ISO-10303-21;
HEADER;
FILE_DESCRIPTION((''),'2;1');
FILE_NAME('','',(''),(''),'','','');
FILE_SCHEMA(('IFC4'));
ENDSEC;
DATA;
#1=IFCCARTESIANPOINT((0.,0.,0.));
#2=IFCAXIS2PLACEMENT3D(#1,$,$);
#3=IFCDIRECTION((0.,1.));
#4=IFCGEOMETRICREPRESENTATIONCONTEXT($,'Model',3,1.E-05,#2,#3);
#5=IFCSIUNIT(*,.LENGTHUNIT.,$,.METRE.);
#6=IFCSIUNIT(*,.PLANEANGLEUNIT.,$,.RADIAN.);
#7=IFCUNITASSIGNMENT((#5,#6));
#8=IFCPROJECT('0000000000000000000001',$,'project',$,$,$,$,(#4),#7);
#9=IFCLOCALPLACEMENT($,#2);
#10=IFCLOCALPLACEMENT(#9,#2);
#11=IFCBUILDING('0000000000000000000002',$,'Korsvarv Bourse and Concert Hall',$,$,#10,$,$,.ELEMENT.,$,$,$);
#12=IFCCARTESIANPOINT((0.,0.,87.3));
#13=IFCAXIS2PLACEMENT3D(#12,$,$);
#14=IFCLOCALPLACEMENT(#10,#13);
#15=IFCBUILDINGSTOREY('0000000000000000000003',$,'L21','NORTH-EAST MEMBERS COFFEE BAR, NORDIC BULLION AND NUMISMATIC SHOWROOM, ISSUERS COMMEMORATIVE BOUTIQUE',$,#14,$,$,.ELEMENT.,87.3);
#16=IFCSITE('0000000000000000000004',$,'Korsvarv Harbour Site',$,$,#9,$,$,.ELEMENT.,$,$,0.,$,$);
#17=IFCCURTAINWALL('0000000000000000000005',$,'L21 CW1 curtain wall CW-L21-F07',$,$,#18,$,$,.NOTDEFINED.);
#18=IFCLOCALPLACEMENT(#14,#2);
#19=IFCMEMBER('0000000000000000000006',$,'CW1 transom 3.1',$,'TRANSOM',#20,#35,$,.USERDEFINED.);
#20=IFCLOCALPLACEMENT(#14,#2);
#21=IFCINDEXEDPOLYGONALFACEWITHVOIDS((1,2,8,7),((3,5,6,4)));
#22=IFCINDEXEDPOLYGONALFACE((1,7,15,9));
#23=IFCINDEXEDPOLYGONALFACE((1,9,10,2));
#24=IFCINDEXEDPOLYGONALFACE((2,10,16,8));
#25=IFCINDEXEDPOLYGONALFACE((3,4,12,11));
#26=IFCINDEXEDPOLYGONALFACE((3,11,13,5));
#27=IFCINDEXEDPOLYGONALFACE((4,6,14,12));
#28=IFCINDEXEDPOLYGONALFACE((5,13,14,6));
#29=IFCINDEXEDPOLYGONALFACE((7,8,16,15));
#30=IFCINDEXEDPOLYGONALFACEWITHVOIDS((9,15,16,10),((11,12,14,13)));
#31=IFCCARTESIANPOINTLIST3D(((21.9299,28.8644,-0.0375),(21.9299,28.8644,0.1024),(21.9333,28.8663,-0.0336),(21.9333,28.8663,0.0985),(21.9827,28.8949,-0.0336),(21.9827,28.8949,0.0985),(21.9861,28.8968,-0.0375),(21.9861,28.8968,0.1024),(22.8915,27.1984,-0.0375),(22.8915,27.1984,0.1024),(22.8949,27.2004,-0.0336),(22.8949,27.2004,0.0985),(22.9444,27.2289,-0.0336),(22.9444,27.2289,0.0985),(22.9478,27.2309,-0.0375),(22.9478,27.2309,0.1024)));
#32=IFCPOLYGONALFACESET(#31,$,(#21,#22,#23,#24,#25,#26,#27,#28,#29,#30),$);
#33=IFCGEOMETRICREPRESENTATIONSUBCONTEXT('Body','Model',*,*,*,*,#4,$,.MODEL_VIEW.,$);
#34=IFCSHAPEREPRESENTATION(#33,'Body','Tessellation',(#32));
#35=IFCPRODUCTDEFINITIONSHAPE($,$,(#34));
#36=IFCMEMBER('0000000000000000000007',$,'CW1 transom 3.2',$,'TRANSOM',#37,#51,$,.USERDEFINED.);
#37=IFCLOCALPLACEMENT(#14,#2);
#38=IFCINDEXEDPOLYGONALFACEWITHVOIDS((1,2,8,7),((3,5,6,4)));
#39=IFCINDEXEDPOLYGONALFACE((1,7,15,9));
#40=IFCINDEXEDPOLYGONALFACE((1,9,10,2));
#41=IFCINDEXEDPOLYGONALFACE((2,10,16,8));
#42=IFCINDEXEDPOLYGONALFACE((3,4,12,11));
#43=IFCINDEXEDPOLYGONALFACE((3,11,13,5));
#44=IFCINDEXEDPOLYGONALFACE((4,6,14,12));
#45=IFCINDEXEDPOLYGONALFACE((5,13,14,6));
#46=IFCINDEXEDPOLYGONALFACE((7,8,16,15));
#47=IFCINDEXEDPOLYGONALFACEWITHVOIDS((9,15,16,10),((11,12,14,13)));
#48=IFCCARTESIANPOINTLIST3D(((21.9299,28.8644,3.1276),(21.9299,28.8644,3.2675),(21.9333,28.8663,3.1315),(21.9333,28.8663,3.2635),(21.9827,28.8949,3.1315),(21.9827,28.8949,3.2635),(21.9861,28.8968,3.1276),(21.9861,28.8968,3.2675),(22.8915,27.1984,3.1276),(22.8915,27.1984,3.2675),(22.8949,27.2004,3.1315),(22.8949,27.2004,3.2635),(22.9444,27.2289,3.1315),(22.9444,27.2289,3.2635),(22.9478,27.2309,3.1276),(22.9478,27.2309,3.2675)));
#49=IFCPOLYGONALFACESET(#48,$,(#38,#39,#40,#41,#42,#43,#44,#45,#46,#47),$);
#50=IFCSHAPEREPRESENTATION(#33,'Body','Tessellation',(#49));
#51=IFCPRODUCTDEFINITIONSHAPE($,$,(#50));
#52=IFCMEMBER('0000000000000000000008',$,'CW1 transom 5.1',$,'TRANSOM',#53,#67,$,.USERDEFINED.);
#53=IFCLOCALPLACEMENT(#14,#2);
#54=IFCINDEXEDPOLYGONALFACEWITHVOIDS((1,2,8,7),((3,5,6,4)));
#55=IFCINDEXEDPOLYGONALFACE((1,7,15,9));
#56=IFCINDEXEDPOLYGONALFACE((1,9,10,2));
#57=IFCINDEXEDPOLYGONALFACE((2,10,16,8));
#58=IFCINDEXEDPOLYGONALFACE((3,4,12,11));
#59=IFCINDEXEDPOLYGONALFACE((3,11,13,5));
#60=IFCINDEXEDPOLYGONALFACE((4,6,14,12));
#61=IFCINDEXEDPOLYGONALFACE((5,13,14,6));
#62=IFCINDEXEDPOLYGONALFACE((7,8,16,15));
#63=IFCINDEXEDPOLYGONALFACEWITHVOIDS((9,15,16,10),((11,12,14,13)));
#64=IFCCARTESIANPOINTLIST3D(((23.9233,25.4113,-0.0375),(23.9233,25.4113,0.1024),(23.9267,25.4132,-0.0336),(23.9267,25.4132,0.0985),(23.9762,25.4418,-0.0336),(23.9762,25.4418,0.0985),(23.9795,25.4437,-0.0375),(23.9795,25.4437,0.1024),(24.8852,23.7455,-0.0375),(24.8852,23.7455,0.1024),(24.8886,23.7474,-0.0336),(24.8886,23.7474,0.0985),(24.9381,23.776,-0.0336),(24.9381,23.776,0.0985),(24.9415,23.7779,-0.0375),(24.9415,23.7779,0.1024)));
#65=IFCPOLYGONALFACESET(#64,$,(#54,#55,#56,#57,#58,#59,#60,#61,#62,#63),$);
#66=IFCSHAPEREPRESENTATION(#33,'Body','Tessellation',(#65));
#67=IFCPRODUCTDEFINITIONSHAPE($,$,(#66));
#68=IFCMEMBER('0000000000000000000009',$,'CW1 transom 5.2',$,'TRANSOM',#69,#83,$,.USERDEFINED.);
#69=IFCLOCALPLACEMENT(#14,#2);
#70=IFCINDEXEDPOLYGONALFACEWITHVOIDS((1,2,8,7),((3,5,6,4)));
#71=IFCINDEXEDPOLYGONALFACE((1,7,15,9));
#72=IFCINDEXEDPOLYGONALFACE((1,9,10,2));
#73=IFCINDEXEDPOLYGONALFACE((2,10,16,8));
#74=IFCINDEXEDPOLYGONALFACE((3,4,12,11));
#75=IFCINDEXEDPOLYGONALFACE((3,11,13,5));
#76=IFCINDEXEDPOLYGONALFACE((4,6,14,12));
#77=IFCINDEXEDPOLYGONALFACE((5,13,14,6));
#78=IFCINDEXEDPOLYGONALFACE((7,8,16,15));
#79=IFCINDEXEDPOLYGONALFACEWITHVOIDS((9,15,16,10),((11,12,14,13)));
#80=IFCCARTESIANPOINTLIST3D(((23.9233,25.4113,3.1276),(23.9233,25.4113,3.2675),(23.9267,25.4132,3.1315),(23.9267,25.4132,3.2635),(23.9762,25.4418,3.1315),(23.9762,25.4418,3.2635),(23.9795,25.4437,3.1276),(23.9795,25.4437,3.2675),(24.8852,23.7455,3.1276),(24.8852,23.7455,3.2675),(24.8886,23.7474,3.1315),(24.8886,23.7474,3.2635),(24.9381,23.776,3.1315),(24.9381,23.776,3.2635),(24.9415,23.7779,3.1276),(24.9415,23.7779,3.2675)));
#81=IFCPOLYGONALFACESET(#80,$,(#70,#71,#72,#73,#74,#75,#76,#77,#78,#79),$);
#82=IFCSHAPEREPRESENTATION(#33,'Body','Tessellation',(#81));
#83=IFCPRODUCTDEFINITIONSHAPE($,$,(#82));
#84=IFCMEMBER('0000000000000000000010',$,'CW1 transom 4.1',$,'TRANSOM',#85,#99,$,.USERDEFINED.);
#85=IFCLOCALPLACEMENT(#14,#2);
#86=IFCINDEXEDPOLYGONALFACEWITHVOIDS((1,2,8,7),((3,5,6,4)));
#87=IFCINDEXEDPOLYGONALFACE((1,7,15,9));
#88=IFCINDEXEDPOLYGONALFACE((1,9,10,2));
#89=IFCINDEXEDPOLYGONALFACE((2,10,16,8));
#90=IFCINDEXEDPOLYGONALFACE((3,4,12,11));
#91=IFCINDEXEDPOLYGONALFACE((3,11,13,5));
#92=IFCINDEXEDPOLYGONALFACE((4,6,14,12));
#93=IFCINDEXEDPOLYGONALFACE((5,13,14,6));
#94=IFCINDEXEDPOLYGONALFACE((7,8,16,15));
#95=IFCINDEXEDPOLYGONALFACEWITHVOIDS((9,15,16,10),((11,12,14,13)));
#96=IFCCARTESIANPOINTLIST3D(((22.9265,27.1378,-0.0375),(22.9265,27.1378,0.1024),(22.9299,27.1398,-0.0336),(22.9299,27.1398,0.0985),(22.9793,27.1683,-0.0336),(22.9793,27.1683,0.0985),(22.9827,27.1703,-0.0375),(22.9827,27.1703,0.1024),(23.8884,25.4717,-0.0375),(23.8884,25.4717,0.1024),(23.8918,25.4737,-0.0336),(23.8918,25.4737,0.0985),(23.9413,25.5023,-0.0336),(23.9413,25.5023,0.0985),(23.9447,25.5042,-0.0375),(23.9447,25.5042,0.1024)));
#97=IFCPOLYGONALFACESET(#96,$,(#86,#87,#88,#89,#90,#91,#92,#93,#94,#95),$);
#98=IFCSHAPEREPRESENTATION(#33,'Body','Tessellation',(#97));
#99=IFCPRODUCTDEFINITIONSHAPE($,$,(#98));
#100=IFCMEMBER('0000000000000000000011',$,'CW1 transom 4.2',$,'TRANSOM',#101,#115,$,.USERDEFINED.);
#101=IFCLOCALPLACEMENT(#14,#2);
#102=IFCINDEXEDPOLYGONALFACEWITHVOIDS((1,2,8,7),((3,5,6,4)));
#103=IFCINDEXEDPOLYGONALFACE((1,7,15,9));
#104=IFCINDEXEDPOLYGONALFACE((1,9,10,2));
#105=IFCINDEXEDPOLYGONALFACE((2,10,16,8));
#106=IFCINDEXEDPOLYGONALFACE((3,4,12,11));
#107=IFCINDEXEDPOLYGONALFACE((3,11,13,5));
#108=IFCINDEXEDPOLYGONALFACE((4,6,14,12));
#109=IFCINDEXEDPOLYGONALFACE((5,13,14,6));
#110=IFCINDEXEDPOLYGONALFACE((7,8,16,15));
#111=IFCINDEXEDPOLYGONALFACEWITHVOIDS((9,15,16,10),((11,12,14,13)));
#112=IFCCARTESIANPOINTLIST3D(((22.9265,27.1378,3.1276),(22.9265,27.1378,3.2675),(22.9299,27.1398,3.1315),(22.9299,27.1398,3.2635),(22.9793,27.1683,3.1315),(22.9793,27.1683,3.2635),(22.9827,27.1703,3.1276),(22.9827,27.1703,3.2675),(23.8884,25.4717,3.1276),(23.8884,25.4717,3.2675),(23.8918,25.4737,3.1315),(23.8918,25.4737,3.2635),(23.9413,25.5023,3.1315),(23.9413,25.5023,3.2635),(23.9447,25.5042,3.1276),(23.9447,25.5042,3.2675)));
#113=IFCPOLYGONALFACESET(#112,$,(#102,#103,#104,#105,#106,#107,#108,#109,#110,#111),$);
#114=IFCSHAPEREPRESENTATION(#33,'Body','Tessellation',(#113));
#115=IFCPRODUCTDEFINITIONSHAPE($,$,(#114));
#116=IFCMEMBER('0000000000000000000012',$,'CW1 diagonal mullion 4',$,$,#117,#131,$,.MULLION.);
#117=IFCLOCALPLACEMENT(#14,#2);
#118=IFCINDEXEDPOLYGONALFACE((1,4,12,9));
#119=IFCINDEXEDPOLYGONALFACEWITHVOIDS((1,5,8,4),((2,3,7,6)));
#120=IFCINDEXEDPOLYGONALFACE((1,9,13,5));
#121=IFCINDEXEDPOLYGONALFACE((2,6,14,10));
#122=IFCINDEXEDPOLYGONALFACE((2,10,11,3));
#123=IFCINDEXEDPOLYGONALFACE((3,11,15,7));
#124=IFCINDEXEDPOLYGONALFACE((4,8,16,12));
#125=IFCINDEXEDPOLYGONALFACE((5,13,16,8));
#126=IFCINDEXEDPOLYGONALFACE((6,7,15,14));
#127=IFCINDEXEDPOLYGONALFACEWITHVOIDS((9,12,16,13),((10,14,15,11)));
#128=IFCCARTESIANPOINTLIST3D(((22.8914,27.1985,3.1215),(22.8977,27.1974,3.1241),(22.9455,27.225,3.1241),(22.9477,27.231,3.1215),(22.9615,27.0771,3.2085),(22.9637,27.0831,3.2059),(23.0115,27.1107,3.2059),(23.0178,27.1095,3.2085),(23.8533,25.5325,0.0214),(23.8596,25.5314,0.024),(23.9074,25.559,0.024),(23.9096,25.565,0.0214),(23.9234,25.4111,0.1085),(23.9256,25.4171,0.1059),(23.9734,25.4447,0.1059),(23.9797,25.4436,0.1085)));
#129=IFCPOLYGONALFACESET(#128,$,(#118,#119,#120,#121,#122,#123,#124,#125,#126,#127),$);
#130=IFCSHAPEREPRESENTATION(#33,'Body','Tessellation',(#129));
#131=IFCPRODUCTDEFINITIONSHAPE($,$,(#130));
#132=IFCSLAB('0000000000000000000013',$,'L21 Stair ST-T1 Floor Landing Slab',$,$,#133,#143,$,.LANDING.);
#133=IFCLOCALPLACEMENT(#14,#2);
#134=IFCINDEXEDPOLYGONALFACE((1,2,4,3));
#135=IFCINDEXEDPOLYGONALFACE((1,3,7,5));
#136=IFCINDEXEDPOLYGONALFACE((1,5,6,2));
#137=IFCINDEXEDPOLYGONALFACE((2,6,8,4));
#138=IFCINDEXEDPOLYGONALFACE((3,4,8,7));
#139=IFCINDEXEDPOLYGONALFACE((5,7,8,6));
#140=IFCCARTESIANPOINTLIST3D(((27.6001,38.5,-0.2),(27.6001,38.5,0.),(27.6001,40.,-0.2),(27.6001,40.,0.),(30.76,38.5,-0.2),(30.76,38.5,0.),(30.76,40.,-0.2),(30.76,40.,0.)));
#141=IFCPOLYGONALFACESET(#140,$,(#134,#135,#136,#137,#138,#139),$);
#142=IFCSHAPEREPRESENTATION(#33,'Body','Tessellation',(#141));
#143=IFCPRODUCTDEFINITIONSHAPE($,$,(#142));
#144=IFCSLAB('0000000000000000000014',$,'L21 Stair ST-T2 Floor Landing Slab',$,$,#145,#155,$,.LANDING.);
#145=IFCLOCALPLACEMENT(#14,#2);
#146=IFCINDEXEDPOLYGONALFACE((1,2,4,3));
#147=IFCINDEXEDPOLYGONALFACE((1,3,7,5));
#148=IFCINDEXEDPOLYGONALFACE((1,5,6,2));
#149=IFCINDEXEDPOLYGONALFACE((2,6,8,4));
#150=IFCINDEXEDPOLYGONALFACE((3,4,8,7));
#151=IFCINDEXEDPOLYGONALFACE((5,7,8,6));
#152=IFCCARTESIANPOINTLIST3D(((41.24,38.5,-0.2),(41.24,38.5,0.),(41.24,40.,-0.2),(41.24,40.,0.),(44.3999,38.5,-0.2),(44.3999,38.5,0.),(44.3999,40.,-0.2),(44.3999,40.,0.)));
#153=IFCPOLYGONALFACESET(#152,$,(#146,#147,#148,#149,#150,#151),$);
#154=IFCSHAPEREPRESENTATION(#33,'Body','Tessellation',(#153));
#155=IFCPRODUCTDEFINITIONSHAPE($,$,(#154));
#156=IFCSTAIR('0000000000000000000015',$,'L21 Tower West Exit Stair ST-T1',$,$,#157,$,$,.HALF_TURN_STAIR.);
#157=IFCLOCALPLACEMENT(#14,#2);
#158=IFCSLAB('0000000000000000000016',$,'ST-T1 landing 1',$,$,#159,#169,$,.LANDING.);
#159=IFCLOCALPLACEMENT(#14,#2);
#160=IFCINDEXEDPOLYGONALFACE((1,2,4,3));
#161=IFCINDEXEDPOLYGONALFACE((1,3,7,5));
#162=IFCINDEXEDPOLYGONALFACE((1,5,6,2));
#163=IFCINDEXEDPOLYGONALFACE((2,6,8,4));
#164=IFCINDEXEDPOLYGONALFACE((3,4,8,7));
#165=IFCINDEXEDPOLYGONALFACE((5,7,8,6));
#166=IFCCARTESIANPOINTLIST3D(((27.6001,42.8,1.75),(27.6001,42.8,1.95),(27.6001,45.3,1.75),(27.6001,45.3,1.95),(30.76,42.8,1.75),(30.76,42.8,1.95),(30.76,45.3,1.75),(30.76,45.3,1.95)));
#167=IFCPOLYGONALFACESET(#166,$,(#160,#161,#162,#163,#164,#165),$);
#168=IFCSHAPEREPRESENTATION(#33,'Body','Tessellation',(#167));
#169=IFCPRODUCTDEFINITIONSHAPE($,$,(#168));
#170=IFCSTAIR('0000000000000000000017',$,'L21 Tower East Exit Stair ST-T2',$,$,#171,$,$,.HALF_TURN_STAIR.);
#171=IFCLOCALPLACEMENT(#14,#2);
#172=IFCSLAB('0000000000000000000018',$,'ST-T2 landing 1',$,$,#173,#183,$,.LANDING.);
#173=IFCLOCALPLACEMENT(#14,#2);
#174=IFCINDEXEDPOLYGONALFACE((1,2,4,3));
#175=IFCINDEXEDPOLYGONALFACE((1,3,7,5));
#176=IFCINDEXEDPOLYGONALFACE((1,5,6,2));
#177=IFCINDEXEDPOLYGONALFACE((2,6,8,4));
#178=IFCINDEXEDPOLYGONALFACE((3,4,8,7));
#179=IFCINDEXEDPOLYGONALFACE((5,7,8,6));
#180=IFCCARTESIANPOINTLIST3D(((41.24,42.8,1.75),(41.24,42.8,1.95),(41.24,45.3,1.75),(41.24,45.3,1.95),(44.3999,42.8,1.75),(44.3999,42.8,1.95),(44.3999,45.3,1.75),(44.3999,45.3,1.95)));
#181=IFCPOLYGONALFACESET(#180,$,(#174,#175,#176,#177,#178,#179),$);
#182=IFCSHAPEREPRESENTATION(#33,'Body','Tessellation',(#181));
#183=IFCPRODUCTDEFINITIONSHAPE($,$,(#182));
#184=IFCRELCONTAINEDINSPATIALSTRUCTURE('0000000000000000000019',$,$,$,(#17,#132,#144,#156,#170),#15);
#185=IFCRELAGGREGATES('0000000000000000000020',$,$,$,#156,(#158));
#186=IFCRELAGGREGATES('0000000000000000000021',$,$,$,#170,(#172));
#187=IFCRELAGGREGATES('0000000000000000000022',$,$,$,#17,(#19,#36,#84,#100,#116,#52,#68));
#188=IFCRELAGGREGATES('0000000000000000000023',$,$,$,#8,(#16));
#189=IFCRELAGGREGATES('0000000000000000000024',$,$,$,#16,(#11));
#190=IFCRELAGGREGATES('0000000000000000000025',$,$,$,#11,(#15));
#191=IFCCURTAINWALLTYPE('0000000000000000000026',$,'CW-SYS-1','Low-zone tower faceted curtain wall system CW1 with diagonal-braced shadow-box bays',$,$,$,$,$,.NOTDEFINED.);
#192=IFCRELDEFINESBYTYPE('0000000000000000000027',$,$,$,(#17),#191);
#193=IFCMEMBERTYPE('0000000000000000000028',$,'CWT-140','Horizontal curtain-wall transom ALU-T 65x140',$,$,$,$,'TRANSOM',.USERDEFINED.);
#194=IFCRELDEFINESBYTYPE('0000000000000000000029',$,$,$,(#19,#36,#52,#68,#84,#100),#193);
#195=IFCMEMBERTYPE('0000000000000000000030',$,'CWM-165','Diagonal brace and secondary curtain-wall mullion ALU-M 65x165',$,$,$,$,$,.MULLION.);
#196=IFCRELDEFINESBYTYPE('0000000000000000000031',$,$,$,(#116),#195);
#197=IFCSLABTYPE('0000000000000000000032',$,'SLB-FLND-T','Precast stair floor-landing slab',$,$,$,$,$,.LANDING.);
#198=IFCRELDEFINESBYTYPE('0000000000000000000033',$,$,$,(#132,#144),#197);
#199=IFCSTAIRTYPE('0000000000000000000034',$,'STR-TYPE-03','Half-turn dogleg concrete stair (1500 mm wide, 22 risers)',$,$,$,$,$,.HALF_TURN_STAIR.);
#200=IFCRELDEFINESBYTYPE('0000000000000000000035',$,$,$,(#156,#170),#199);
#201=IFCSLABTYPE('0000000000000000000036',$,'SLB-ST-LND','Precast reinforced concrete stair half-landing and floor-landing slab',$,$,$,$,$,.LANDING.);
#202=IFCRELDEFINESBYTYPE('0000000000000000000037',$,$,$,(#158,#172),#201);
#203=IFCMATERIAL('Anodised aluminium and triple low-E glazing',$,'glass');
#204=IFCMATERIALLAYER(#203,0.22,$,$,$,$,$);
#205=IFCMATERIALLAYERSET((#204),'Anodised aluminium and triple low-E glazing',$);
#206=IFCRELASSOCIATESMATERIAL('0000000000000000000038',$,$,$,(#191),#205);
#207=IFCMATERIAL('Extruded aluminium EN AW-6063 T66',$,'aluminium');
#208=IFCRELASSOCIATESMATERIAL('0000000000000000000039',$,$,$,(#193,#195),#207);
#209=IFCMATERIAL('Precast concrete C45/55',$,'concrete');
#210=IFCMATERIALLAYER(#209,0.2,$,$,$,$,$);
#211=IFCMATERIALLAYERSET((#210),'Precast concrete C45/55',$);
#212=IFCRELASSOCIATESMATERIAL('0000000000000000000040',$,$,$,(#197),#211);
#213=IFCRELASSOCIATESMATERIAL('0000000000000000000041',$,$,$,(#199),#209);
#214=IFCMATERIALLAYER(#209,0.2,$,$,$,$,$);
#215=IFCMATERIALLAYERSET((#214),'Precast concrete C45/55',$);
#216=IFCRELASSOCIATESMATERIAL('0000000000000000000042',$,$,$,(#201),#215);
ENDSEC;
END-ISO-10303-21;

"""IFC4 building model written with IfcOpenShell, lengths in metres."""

from ifc_helpers import new_model, si_unit, direction, frame, origin, origin_2d, place, context, subcontext, project, spatial, polyline, hollow_rectangle, outline, extrude, source, transform, mapped, material, layer, layer_set, material_profile, profile_set, type_object, element, aggregate, save


model = new_model("IFC4")

# Units and contexts
model_context = context("Model", 3, precision=1e-05, world=origin(), true_north=direction((0.0, 1.0)))
body_context = subcontext(model_context, "Body", "Model", "MODEL_VIEW")
ifc_project = project(units=[si_unit("LENGTHUNIT", "METRE"), si_unit("PLANEANGLEUNIT", "RADIAN")], contexts=[model_context])

# Site, building, storey
site_placement = place(None, origin())
site = spatial("IfcSite", under=ifc_project, at=site_placement, Name="Korsvarv Harbour Site", CompositionType="ELEMENT", RefElevation=0.0)
building_placement = place(site_placement, origin())
building = spatial("IfcBuilding", under=site, at=building_placement, Name="Korsvarv Bourse and Concert Hall", CompositionType="ELEMENT")
storey_placement = place(building_placement, frame((0.0, 0.0, 87.3)))
storey = spatial("IfcBuildingStorey", under=building, at=storey_placement, Name="L21", Description="NORTH-EAST MEMBERS COFFEE BAR, NORDIC BULLION AND NUMISMATIC SHOWROOM, ISSUERS COMMEMORATIVE BOUTIQUE", CompositionType="ELEMENT", Elevation=87.3)

# Curtain wall, members
ifc_material_1 = material(Name="Anodised aluminium and triple low-E glazing", Category="glass")
ifc_layer_1 = layer(ifc_material_1, 0.22)
ifc_layer_set_1 = layer_set([ifc_layer_1], Name="Anodised aluminium and triple low-E glazing")
curtain_wall_type = type_object("IfcCurtainWallType", Name="CW-SYS-1", Description="Low-zone tower faceted curtain wall system CW1 with diagonal-braced shadow-box bays", PredefinedType="NOTDEFINED", material=ifc_layer_set_1)
curtain_wall_placement = place(storey_placement, origin())
curtain_wall = element("IfcCurtainWall", 1, at=curtain_wall_placement, inside=storey, type_object=curtain_wall_type, Name="L21 CW1 curtain wall CW-L21-F07", PredefinedType="NOTDEFINED")
ifc_material_2 = material(Name="Extruded aluminium EN AW-6063 T66", Category="aluminium")
ifc_material_profile_1 = material_profile(ifc_material_2, hollow_rectangle(XDim=0.0649, YDim=0.1399, WallThickness=0.0039, at=origin_2d()), Name="ALU-T 65x140")
ifc_profile_set_1 = profile_set([ifc_material_profile_1], Name="Extruded aluminium EN AW-6063 T66")
member_type_1 = type_object("IfcMemberType", Name="CWT-140", Description="Horizontal curtain-wall transom ALU-T 65x140", ElementType="TRANSOM", PredefinedType="USERDEFINED", material=ifc_profile_set_1)
ifc_material_profile_2 = material_profile(ifc_material_2, hollow_rectangle(XDim=0.0649, YDim=0.165, WallThickness=0.0049, at=origin_2d()), Name="ALU-M 65x165")
ifc_profile_set_2 = profile_set([ifc_material_profile_2], Name="Extruded aluminium EN AW-6063 T66")
member_type_2 = type_object("IfcMemberType", Name="CWM-165", Description="Diagonal brace and secondary curtain-wall mullion ALU-M 65x165", PredefinedType="MULLION", material=ifc_profile_set_2)
shared_shape_1 = source(origin(), body_context, "Body", "SweptSolid", [
    extrude(hollow_rectangle(XDim=0.0649, YDim=0.1399, WallThickness=0.0039, at=origin_2d()), origin(), (0.0, 0.0, 1.0), 1.9236),
])
member_1_placement = place(storey_placement, frame((21.958, 28.8806, 0.0325), z_axis=(0.49992, -0.866071, 0.0), x_axis=(0.866071, 0.49992, 0.0)))
member_1 = element("IfcMember", 2, at=member_1_placement, type_object=member_type_1, Name="CW1 transom 3.1", ObjectType="TRANSOM", PredefinedType="USERDEFINED", context=body_context, shape_type="MappedRepresentation", body=[
    mapped(shared_shape_1, transform((0.0, 0.0, 0.0), scale=1.0)),
])
member_2_placement = place(storey_placement, frame((21.958, 28.8806, 3.1975), z_axis=(0.49992, -0.866071, 0.0), x_axis=(0.866071, 0.49992, 0.0)))
member_2 = element("IfcMember", 3, at=member_2_placement, type_object=member_type_1, Name="CW1 transom 3.2", ObjectType="TRANSOM", PredefinedType="USERDEFINED", context=body_context, shape_type="MappedRepresentation", body=[
    mapped(shared_shape_1, transform((0.0, 0.0, 0.0), scale=1.0)),
])
member_3_placement = place(storey_placement, frame((23.9514, 25.4275, 0.0325), z_axis=(0.50007, -0.865985, 0.0), x_axis=(0.865985, 0.50007, 0.0)))
member_3 = element("IfcMember", 4, at=member_3_placement, type_object=member_type_1, Name="CW1 transom 5.1", ObjectType="TRANSOM", PredefinedType="USERDEFINED", context=body_context, shape_type="MappedRepresentation", body=[
    mapped(shared_shape_1, transform((0.0, 0.0, 0.0), scale=1.0)),
])
member_4_placement = place(storey_placement, frame((23.9514, 25.4275, 3.1975), z_axis=(0.50007, -0.865985, 0.0), x_axis=(0.865985, 0.50007, 0.0)))
member_4 = element("IfcMember", 5, at=member_4_placement, type_object=member_type_1, Name="CW1 transom 5.2", ObjectType="TRANSOM", PredefinedType="USERDEFINED", context=body_context, shape_type="MappedRepresentation", body=[
    mapped(shared_shape_1, transform((0.0, 0.0, 0.0), scale=1.0)),
])
shared_shape_2 = source(origin(), body_context, "Body", "SweptSolid", [
    extrude(hollow_rectangle(XDim=0.0649, YDim=0.1399, WallThickness=0.0039, at=origin_2d()), origin(), (0.0, 0.0, 1.0), 1.9238),
])
member_5_placement = place(storey_placement, frame((22.9546, 27.1541, 0.0325), z_axis=(0.500015, -0.866017, 0.0), x_axis=(0.866017, 0.500015, 0.0)))
member_5 = element("IfcMember", 6, at=member_5_placement, type_object=member_type_1, Name="CW1 transom 4.1", ObjectType="TRANSOM", PredefinedType="USERDEFINED", context=body_context, shape_type="MappedRepresentation", body=[
    mapped(shared_shape_2, transform((0.0, 0.0, 0.0), scale=1.0)),
])
member_6_placement = place(storey_placement, frame((22.9546, 27.1541, 3.1975), z_axis=(0.500015, -0.866017, 0.0), x_axis=(0.866017, 0.500015, 0.0)))
member_6 = element("IfcMember", 7, at=member_6_placement, type_object=member_type_1, Name="CW1 transom 4.2", ObjectType="TRANSOM", PredefinedType="USERDEFINED", context=body_context, shape_type="MappedRepresentation", body=[
    mapped(shared_shape_2, transform((0.0, 0.0, 0.0), scale=1.0)),
])
shared_shape_3 = source(origin(), body_context, "Body", "SweptSolid", [
    extrude(hollow_rectangle(XDim=0.0649, YDim=0.165, WallThickness=0.0049, at=origin_2d()), origin(), (0.0, 0.0, 1.0), 3.6484),
])
member_7_placement = place(storey_placement, frame((23.9165, 25.488, 0.0649), z_axis=(-0.263647, 0.456631, 0.849693), x_axis=(-0.866017, -0.500015, 0.0)))
member_7 = element("IfcMember", 8, at=member_7_placement, type_object=member_type_2, Name="CW1 diagonal mullion 4", PredefinedType="MULLION", context=body_context, shape_type="MappedRepresentation", body=[
    mapped(shared_shape_3, transform((0.0, 0.0, 0.0), scale=1.0)),
])

# Slabs
ifc_material_3 = material(Name="Precast concrete C45/55", Category="concrete")
ifc_layer_2 = layer(ifc_material_3, 0.2)
ifc_layer_set_2 = layer_set([ifc_layer_2], Name="Precast concrete C45/55")
slab_type_1 = type_object("IfcSlabType", Name="SLB-FLND-T", Description="Precast stair floor-landing slab", PredefinedType="LANDING", material=ifc_layer_set_2)
slab_1_placement = place(storey_placement, frame((0.0, 0.0, -0.2)))
element("IfcSlab", 9, at=slab_1_placement, inside=storey, type_object=slab_type_1, Name="L21 Stair ST-T1 Floor Landing Slab", PredefinedType="LANDING", context=body_context, shape_type="SweptSolid", body=[
    extrude(outline(polyline([(30.76, 38.5), (30.76, 40.0), (27.6001, 40.0), (27.6001, 38.5), (30.76, 38.5)])), origin(), (0.0, 0.0, 1.0), 0.2),
])
slab_2_placement = place(storey_placement, frame((0.0, 0.0, -0.2)))
element("IfcSlab", 10, at=slab_2_placement, inside=storey, type_object=slab_type_1, Name="L21 Stair ST-T2 Floor Landing Slab", PredefinedType="LANDING", context=body_context, shape_type="SweptSolid", body=[
    extrude(outline(polyline([(44.3999, 38.5), (44.3999, 40.0), (41.24, 40.0), (41.24, 38.5), (44.3999, 38.5)])), origin(), (0.0, 0.0, 1.0), 0.2),
])

# Stairs, slabs
stair_type = type_object("IfcStairType", Name="STR-TYPE-03", Description="Half-turn dogleg concrete stair (1500 mm wide, 22 risers)", PredefinedType="HALF_TURN_STAIR", material=ifc_material_3)
stair_1_placement = place(storey_placement, origin())
stair_1 = element("IfcStair", 11, at=stair_1_placement, inside=storey, type_object=stair_type, Name="L21 Tower West Exit Stair ST-T1", PredefinedType="HALF_TURN_STAIR")
ifc_layer_3 = layer(ifc_material_3, 0.2)
ifc_layer_set_3 = layer_set([ifc_layer_3], Name="Precast concrete C45/55")
slab_type_2 = type_object("IfcSlabType", Name="SLB-ST-LND", Description="Precast reinforced concrete stair half-landing and floor-landing slab", PredefinedType="LANDING", material=ifc_layer_set_3)
slab_3_placement = place(storey_placement, frame((0.0, 0.0, 1.75)))
slab_3 = element("IfcSlab", 12, at=slab_3_placement, type_object=slab_type_2, Name="ST-T1 landing 1", PredefinedType="LANDING", context=body_context, shape_type="SweptSolid", body=[
    extrude(outline(polyline([(30.76, 42.8), (30.76, 45.3), (27.6001, 45.3), (27.6001, 42.8), (30.76, 42.8)])), origin(), (0.0, 0.0, 1.0), 0.2),
])
aggregate(stair_1, [slab_3])
stair_2_placement = place(storey_placement, origin())
stair_2 = element("IfcStair", 13, at=stair_2_placement, inside=storey, type_object=stair_type, Name="L21 Tower East Exit Stair ST-T2", PredefinedType="HALF_TURN_STAIR")
slab_4_placement = place(storey_placement, frame((0.0, 0.0, 1.75)))
slab_4 = element("IfcSlab", 14, at=slab_4_placement, type_object=slab_type_2, Name="ST-T2 landing 1", PredefinedType="LANDING", context=body_context, shape_type="SweptSolid", body=[
    extrude(outline(polyline([(44.3999, 42.8), (44.3999, 45.3), (41.24, 45.3), (41.24, 42.8), (44.3999, 42.8)])), origin(), (0.0, 0.0, 1.0), 0.2),
])
aggregate(stair_2, [slab_4])

aggregate(curtain_wall, [member_1, member_2, member_5, member_6, member_7, member_3, member_4])

save(model, "model.ifc")
